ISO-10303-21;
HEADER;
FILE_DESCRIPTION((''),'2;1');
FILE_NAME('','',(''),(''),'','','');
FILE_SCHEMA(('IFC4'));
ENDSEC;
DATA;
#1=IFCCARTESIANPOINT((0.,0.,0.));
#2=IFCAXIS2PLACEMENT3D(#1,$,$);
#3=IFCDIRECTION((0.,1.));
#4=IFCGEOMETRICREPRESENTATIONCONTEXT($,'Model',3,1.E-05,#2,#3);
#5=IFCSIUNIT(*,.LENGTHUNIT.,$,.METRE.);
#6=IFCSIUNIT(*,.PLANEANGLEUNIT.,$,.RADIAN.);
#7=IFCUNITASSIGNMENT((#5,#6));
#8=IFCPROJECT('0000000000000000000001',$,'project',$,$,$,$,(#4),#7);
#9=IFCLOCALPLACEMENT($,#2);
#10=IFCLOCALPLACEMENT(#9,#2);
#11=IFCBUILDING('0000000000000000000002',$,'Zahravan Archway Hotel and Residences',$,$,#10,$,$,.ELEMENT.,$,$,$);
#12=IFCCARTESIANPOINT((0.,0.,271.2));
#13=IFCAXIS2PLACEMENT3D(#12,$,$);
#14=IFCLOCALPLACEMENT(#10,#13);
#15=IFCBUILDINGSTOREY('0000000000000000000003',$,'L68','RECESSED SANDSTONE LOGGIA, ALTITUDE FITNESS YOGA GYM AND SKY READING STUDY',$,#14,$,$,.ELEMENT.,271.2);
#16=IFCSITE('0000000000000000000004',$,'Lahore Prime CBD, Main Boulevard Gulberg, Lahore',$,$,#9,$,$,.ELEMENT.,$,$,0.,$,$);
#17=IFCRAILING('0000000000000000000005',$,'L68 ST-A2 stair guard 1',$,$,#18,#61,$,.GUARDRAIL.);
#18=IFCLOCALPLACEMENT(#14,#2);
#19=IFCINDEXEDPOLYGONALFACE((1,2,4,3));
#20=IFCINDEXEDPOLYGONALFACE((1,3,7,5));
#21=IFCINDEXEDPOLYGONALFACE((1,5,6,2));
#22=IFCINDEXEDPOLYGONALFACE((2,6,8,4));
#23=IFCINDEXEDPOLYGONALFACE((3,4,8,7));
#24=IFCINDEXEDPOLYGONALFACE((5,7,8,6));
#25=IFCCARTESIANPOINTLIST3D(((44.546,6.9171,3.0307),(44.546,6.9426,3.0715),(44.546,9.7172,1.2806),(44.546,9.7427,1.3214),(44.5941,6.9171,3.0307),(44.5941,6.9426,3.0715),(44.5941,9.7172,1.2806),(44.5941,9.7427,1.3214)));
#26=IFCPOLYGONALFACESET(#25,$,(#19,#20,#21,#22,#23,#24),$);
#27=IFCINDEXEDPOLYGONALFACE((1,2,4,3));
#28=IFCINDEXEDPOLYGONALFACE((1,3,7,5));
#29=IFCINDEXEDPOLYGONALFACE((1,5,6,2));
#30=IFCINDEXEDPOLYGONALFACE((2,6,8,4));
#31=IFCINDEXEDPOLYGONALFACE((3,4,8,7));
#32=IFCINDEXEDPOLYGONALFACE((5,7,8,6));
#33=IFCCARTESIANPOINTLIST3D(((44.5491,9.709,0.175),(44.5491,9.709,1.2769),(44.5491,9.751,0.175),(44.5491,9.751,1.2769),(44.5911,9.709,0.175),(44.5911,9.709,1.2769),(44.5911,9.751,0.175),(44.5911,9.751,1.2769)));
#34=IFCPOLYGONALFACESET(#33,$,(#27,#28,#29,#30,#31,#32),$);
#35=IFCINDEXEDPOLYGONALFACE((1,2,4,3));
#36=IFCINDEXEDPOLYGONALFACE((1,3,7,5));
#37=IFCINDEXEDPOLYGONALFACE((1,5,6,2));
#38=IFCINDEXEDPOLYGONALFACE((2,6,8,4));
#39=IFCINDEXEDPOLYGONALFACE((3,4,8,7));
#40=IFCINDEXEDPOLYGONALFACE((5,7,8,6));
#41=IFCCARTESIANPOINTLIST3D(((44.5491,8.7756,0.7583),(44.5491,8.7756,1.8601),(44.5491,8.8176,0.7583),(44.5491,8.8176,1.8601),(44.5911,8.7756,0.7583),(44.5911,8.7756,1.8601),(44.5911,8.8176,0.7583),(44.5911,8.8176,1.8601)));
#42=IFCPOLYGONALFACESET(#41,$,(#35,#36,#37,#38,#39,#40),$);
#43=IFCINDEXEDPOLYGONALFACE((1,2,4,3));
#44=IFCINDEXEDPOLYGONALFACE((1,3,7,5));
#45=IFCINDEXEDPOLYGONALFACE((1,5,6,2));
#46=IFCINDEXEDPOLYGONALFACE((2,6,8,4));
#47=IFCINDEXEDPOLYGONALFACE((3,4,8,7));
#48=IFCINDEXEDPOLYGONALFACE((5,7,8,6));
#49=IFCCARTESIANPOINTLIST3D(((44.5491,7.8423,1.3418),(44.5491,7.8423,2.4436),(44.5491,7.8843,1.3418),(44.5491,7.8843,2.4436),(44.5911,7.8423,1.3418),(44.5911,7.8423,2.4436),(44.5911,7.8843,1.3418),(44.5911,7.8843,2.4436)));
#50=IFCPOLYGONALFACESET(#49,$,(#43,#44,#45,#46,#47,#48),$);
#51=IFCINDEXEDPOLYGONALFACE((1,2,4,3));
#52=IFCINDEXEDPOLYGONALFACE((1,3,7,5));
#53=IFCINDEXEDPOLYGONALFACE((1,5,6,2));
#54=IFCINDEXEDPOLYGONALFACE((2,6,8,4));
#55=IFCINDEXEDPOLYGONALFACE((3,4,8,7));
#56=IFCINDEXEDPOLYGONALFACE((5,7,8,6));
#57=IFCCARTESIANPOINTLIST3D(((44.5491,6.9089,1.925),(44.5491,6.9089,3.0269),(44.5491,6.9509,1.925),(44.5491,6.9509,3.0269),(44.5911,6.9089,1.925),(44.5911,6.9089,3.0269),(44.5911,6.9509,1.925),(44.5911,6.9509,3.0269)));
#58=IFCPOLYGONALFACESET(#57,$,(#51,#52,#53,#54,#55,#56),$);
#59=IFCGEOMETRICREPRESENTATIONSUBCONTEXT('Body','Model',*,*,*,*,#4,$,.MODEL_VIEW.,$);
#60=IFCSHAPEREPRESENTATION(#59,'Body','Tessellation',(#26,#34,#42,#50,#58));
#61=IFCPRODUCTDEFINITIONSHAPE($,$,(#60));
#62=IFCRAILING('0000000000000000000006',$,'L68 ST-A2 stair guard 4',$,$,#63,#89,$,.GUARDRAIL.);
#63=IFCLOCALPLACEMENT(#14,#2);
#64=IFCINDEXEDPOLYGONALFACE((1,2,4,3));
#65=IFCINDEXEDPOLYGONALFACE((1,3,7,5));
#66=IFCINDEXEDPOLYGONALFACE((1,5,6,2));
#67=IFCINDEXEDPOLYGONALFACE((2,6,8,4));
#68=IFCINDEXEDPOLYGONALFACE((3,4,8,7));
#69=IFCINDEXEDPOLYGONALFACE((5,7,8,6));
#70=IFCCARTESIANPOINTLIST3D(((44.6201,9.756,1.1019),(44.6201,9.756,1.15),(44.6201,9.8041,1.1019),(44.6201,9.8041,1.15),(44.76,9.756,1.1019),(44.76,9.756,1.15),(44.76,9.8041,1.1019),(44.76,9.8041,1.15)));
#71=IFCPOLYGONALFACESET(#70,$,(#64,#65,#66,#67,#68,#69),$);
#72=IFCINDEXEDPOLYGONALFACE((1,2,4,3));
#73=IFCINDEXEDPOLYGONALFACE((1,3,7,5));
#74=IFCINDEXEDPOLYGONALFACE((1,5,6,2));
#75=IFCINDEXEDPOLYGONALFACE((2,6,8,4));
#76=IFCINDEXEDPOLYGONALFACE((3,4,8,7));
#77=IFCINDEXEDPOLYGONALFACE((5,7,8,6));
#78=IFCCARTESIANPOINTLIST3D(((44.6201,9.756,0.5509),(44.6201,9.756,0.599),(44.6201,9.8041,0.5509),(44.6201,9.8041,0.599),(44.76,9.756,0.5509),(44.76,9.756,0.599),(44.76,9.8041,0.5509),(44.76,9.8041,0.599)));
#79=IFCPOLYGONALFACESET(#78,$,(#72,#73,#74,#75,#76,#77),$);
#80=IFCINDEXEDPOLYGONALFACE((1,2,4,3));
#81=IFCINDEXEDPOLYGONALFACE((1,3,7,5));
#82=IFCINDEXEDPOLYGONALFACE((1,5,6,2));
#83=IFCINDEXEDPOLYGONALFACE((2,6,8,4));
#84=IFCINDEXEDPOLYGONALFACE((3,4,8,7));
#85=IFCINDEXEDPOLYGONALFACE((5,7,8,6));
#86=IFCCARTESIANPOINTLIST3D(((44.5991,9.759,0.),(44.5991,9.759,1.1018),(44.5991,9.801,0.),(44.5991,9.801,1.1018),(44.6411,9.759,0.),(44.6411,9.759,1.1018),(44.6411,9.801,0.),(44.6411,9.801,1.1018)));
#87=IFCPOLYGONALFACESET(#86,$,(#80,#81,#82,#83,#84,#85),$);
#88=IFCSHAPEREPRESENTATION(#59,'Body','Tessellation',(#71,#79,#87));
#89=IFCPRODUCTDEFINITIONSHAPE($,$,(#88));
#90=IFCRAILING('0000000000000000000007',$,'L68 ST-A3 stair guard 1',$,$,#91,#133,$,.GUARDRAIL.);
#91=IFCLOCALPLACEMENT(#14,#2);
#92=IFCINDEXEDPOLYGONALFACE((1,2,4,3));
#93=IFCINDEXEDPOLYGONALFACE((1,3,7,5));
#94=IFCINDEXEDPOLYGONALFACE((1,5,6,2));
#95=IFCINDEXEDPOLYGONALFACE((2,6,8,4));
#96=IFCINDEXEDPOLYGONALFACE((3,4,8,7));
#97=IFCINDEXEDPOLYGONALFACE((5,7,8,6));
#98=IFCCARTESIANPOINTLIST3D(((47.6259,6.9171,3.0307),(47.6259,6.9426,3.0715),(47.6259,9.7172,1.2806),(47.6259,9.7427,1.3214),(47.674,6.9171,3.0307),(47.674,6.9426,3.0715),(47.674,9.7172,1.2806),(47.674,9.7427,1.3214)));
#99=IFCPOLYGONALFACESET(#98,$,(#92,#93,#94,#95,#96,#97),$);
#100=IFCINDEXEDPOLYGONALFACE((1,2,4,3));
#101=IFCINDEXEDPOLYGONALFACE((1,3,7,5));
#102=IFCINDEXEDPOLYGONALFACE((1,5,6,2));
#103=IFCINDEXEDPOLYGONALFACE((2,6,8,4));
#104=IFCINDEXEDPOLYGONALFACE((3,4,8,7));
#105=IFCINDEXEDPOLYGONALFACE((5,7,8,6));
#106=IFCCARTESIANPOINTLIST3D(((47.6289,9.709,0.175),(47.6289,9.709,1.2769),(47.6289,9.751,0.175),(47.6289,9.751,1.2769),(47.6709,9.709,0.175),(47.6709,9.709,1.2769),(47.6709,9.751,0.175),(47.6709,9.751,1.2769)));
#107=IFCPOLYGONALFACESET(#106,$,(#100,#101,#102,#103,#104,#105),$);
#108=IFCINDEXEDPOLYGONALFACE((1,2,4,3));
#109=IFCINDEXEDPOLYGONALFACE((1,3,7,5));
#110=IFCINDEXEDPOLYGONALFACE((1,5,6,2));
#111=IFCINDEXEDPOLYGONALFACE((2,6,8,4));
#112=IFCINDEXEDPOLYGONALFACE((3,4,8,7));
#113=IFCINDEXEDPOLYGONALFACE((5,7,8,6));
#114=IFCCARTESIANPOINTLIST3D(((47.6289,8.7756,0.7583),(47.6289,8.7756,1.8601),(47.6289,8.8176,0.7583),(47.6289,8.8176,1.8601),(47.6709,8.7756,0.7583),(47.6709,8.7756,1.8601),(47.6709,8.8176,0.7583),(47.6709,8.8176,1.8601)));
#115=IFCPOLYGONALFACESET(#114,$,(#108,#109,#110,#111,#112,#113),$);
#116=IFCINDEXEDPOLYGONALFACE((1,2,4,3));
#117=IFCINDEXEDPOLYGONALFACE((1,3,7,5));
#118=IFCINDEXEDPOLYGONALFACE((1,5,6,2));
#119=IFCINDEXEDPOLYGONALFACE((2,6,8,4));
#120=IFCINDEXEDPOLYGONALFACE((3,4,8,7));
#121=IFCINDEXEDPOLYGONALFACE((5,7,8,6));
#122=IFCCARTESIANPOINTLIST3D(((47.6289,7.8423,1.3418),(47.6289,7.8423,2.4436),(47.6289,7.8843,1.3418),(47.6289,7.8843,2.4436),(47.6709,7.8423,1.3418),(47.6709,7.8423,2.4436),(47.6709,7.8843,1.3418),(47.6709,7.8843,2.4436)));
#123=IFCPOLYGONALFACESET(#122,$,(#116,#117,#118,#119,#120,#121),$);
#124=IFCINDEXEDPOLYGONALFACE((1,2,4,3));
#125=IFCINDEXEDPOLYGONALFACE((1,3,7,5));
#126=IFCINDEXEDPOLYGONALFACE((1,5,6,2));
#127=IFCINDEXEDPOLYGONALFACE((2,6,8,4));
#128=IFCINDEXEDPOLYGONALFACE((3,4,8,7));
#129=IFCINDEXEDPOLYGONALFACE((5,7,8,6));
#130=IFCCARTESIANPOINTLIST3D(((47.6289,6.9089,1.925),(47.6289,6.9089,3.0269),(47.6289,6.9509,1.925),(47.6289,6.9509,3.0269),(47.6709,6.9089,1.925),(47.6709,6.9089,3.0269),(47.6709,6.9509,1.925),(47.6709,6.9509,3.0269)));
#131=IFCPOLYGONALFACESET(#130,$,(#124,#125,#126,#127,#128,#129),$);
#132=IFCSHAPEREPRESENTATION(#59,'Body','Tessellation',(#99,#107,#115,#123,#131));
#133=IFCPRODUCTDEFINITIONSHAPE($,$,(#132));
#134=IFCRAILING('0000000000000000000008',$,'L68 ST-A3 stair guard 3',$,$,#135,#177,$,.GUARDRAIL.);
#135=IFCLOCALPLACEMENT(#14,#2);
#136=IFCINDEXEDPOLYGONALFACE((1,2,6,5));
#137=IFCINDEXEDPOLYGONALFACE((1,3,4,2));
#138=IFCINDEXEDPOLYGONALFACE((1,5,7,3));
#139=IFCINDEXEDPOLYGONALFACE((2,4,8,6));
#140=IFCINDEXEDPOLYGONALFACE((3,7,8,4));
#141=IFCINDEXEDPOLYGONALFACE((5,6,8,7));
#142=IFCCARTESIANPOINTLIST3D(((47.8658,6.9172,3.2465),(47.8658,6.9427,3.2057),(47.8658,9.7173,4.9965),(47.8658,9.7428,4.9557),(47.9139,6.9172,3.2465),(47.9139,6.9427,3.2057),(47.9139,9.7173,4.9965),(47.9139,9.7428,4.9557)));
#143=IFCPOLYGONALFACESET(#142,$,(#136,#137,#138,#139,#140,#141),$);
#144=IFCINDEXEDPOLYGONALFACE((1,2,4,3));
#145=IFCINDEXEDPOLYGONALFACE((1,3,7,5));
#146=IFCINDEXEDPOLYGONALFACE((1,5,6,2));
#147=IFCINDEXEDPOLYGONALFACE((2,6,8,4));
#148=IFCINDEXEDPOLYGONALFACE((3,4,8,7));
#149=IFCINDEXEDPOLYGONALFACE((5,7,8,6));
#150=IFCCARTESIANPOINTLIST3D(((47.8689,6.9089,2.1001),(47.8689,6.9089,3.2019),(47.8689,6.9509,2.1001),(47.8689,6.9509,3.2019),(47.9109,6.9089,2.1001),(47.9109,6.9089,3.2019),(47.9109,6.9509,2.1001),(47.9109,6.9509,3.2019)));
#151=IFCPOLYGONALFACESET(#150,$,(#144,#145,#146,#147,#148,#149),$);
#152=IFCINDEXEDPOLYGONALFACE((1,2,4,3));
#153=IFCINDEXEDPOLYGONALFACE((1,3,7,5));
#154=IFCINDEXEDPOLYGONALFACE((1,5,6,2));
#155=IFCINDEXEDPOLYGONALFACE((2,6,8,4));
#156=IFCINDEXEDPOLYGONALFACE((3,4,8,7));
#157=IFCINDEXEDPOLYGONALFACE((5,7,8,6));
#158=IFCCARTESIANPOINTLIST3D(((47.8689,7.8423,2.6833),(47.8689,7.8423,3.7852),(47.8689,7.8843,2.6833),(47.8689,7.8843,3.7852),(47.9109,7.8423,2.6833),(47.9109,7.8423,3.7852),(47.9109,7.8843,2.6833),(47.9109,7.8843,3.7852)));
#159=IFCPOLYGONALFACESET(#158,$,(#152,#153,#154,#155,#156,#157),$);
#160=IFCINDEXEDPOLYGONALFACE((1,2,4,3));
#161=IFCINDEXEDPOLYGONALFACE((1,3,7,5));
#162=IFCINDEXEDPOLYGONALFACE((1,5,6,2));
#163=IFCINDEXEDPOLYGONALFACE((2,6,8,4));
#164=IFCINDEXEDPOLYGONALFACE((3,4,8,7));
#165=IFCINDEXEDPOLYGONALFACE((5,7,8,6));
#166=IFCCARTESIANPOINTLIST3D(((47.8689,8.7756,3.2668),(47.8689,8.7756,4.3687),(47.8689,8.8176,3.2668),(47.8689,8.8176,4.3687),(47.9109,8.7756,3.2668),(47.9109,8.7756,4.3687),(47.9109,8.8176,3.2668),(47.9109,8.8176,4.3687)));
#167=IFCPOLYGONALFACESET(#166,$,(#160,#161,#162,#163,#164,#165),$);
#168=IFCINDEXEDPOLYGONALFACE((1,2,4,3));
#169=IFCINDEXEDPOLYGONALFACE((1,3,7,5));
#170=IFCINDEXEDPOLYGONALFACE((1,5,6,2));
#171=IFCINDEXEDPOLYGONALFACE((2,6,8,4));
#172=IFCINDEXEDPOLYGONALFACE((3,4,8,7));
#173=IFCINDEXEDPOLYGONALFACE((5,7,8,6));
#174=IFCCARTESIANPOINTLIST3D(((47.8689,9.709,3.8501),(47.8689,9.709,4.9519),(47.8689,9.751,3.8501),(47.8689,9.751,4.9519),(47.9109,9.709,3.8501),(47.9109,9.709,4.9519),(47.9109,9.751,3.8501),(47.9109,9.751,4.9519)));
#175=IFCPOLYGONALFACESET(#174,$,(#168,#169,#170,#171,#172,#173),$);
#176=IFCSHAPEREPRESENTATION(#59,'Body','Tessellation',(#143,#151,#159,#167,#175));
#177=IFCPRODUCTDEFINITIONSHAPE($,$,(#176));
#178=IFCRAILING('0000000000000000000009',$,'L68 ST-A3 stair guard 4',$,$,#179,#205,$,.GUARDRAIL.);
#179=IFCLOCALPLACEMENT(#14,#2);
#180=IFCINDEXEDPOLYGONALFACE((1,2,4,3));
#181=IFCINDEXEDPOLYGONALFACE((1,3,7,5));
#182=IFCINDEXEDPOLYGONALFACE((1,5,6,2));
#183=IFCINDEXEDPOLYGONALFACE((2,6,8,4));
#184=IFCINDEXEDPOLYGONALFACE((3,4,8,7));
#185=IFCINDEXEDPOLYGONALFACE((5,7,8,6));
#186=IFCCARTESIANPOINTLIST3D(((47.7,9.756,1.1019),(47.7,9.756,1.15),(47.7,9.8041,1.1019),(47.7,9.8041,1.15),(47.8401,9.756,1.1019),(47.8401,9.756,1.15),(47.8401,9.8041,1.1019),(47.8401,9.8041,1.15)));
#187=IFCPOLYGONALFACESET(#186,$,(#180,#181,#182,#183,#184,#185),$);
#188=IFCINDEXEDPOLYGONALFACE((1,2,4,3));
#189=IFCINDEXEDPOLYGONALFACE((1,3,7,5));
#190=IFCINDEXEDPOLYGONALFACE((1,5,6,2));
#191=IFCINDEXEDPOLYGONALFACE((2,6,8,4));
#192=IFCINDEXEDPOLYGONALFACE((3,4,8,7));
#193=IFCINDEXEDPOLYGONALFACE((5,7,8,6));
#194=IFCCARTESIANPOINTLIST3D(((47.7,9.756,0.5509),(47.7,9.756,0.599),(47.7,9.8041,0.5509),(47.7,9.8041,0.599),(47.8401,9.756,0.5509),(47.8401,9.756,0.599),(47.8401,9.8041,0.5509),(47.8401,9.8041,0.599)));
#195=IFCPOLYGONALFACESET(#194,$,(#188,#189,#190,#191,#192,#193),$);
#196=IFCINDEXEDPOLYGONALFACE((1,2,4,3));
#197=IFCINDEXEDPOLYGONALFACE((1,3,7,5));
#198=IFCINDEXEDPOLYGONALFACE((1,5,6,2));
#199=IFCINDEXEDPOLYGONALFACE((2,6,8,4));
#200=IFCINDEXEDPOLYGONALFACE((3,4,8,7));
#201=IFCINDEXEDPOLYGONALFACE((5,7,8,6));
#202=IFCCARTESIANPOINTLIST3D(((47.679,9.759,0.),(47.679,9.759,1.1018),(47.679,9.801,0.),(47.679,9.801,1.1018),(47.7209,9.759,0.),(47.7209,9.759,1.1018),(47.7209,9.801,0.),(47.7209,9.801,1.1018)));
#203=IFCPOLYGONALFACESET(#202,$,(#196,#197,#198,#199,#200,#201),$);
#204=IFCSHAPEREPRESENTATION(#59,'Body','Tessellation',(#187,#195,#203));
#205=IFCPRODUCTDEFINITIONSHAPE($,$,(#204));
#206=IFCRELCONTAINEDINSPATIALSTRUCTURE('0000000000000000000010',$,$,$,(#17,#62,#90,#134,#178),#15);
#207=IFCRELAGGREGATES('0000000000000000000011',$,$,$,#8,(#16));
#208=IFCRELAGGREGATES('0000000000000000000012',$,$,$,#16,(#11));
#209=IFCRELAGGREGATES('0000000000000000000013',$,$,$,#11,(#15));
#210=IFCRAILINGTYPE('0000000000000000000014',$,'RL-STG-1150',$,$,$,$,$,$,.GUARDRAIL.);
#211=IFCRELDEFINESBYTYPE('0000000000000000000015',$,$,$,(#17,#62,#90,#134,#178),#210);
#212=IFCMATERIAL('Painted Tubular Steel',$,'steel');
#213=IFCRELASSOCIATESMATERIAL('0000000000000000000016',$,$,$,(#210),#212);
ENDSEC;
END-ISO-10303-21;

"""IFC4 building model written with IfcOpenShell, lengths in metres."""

from ifc_helpers import new_model, si_unit, direction, frame, origin, origin_2d, place, context, subcontext, project, spatial, rectangle, extrude, material, type_object, element, save


model = new_model("IFC4")

# Units and contexts
model_context = context("Model", 3, precision=1e-05, world=origin(), true_north=direction((0.0, 1.0)))
body_context = subcontext(model_context, "Body", "Model", "MODEL_VIEW")
ifc_project = project(units=[si_unit("LENGTHUNIT", "METRE"), si_unit("PLANEANGLEUNIT", "RADIAN")], contexts=[model_context])

# Site, building, storey
site_placement = place(None, origin())
site = spatial("IfcSite", under=ifc_project, at=site_placement, Name="Lahore Prime CBD, Main Boulevard Gulberg, Lahore", CompositionType="ELEMENT", RefElevation=0.0)
building_placement = place(site_placement, origin())
building = spatial("IfcBuilding", under=site, at=building_placement, Name="Zahravan Archway Hotel and Residences", CompositionType="ELEMENT")
storey_placement = place(building_placement, frame((0.0, 0.0, 271.2)))
storey = spatial("IfcBuildingStorey", under=building, at=storey_placement, Name="L68", Description="RECESSED SANDSTONE LOGGIA, ALTITUDE FITNESS YOGA GYM AND SKY READING STUDY", CompositionType="ELEMENT", Elevation=271.2)

# Railings
ifc_material_1 = material(Name="Painted Tubular Steel", Category="steel")
railing_type_1 = type_object("IfcRailingType", Name="RL-STG-1150", PredefinedType="GUARDRAIL", material=ifc_material_1)
railing_1_placement = place(storey_placement, frame((44.5701, 9.73, 0.175)))
element("IfcRailing", 1, at=railing_1_placement, inside=storey, type_object=railing_type_1, Name="L68 ST-A2 stair guard 1", PredefinedType="GUARDRAIL", context=body_context, shape_type="SweptSolid", body=[
    extrude(rectangle(XDim=0.0481, YDim=0.0481, at=origin_2d()), frame((0.0, 0.0, 1.126), z_axis=(0.0, -0.848002, 0.529992), x_axis=(1.0, 0.0, 0.0)), (0.0, 0.0, 1.0), 3.302),
    extrude(rectangle(XDim=0.042, YDim=0.042, at=origin_2d()), origin(), (0.0, 0.0, 1.0), 1.1018),
    extrude(rectangle(XDim=0.042, YDim=0.042, at=origin_2d()), frame((0.0, -0.9333, 0.5833)), (0.0, 0.0, 1.0), 1.1018),
    extrude(rectangle(XDim=0.042, YDim=0.042, at=origin_2d()), frame((0.0, -1.8667, 1.1667)), (0.0, 0.0, 1.0), 1.1018),
    extrude(rectangle(XDim=0.042, YDim=0.042, at=origin_2d()), frame((0.0, -2.8, 1.75)), (0.0, 0.0, 1.0), 1.1018),
])
railing_2_placement = place(storey_placement, frame((44.6201, 9.78, 0.0)))
element("IfcRailing", 2, at=railing_2_placement, inside=storey, type_object=railing_type_1, Name="L68 ST-A2 stair guard 4", PredefinedType="GUARDRAIL", context=body_context, shape_type="SweptSolid", body=[
    extrude(rectangle(XDim=0.0481, YDim=0.0481, at=origin_2d()), frame((0.0, 0.0, 1.126), z_axis=(1.0, 0.0, 0.0), x_axis=(0.0, 1.0, 0.0)), (0.0, 0.0, 1.0), 0.1399),
    extrude(rectangle(XDim=0.0481, YDim=0.0481, at=origin_2d()), frame((0.0, 0.0, 0.575), z_axis=(1.0, 0.0, 0.0), x_axis=(0.0, 1.0, 0.0)), (0.0, 0.0, 1.0), 0.1399),
    extrude(rectangle(XDim=0.042, YDim=0.042, at=origin_2d()), origin(), (0.0, 0.0, 1.0), 1.1018),
])
railing_3_placement = place(storey_placement, frame((47.6499, 9.73, 0.175)))
element("IfcRailing", 3, at=railing_3_placement, inside=storey, type_object=railing_type_1, Name="L68 ST-A3 stair guard 1", PredefinedType="GUARDRAIL", context=body_context, shape_type="SweptSolid", body=[
    extrude(rectangle(XDim=0.0481, YDim=0.0481, at=origin_2d()), frame((0.0, 0.0, 1.126), z_axis=(0.0, -0.848002, 0.529992), x_axis=(1.0, 0.0, 0.0)), (0.0, 0.0, 1.0), 3.302),
    extrude(rectangle(XDim=0.042, YDim=0.042, at=origin_2d()), origin(), (0.0, 0.0, 1.0), 1.1018),
    extrude(rectangle(XDim=0.042, YDim=0.042, at=origin_2d()), frame((0.0, -0.9333, 0.5833)), (0.0, 0.0, 1.0), 1.1018),
    extrude(rectangle(XDim=0.042, YDim=0.042, at=origin_2d()), frame((0.0, -1.8667, 1.1667)), (0.0, 0.0, 1.0), 1.1018),
    extrude(rectangle(XDim=0.042, YDim=0.042, at=origin_2d()), frame((0.0, -2.8, 1.75)), (0.0, 0.0, 1.0), 1.1018),
])
railing_4_placement = place(storey_placement, frame((47.8899, 6.9299, 2.1001)))
element("IfcRailing", 4, at=railing_4_placement, inside=storey, type_object=railing_type_1, Name="L68 ST-A3 stair guard 3", PredefinedType="GUARDRAIL", context=body_context, shape_type="SweptSolid", body=[
    extrude(rectangle(XDim=0.0481, YDim=0.0481, at=origin_2d()), frame((0.0, 0.0, 1.126), z_axis=(0.0, 0.848002, 0.529992), x_axis=(-1.0, 0.0, 0.0)), (0.0, 0.0, 1.0), 3.302),
    extrude(rectangle(XDim=0.042, YDim=0.042, at=origin_2d()), origin(), (0.0, 0.0, 1.0), 1.1018),
    extrude(rectangle(XDim=0.042, YDim=0.042, at=origin_2d()), frame((0.0, 0.9333, 0.5833)), (0.0, 0.0, 1.0), 1.1018),
    extrude(rectangle(XDim=0.042, YDim=0.042, at=origin_2d()), frame((0.0, 1.8667, 1.1667)), (0.0, 0.0, 1.0), 1.1018),
    extrude(rectangle(XDim=0.042, YDim=0.042, at=origin_2d()), frame((0.0, 2.8, 1.75)), (0.0, 0.0, 1.0), 1.1018),
])
railing_5_placement = place(storey_placement, frame((47.7, 9.78, 0.0)))
element("IfcRailing", 5, at=railing_5_placement, inside=storey, type_object=railing_type_1, Name="L68 ST-A3 stair guard 4", PredefinedType="GUARDRAIL", context=body_context, shape_type="SweptSolid", body=[
    extrude(rectangle(XDim=0.0481, YDim=0.0481, at=origin_2d()), frame((0.0, 0.0, 1.126), z_axis=(1.0, 0.0, 0.0), x_axis=(0.0, 1.0, 0.0)), (0.0, 0.0, 1.0), 0.1401),
    extrude(rectangle(XDim=0.0481, YDim=0.0481, at=origin_2d()), frame((0.0, 0.0, 0.575), z_axis=(1.0, 0.0, 0.0), x_axis=(0.0, 1.0, 0.0)), (0.0, 0.0, 1.0), 0.1401),
    extrude(rectangle(XDim=0.042, YDim=0.042, at=origin_2d()), origin(), (0.0, 0.0, 1.0), 1.1018),
])

save(model, "model.ifc")
